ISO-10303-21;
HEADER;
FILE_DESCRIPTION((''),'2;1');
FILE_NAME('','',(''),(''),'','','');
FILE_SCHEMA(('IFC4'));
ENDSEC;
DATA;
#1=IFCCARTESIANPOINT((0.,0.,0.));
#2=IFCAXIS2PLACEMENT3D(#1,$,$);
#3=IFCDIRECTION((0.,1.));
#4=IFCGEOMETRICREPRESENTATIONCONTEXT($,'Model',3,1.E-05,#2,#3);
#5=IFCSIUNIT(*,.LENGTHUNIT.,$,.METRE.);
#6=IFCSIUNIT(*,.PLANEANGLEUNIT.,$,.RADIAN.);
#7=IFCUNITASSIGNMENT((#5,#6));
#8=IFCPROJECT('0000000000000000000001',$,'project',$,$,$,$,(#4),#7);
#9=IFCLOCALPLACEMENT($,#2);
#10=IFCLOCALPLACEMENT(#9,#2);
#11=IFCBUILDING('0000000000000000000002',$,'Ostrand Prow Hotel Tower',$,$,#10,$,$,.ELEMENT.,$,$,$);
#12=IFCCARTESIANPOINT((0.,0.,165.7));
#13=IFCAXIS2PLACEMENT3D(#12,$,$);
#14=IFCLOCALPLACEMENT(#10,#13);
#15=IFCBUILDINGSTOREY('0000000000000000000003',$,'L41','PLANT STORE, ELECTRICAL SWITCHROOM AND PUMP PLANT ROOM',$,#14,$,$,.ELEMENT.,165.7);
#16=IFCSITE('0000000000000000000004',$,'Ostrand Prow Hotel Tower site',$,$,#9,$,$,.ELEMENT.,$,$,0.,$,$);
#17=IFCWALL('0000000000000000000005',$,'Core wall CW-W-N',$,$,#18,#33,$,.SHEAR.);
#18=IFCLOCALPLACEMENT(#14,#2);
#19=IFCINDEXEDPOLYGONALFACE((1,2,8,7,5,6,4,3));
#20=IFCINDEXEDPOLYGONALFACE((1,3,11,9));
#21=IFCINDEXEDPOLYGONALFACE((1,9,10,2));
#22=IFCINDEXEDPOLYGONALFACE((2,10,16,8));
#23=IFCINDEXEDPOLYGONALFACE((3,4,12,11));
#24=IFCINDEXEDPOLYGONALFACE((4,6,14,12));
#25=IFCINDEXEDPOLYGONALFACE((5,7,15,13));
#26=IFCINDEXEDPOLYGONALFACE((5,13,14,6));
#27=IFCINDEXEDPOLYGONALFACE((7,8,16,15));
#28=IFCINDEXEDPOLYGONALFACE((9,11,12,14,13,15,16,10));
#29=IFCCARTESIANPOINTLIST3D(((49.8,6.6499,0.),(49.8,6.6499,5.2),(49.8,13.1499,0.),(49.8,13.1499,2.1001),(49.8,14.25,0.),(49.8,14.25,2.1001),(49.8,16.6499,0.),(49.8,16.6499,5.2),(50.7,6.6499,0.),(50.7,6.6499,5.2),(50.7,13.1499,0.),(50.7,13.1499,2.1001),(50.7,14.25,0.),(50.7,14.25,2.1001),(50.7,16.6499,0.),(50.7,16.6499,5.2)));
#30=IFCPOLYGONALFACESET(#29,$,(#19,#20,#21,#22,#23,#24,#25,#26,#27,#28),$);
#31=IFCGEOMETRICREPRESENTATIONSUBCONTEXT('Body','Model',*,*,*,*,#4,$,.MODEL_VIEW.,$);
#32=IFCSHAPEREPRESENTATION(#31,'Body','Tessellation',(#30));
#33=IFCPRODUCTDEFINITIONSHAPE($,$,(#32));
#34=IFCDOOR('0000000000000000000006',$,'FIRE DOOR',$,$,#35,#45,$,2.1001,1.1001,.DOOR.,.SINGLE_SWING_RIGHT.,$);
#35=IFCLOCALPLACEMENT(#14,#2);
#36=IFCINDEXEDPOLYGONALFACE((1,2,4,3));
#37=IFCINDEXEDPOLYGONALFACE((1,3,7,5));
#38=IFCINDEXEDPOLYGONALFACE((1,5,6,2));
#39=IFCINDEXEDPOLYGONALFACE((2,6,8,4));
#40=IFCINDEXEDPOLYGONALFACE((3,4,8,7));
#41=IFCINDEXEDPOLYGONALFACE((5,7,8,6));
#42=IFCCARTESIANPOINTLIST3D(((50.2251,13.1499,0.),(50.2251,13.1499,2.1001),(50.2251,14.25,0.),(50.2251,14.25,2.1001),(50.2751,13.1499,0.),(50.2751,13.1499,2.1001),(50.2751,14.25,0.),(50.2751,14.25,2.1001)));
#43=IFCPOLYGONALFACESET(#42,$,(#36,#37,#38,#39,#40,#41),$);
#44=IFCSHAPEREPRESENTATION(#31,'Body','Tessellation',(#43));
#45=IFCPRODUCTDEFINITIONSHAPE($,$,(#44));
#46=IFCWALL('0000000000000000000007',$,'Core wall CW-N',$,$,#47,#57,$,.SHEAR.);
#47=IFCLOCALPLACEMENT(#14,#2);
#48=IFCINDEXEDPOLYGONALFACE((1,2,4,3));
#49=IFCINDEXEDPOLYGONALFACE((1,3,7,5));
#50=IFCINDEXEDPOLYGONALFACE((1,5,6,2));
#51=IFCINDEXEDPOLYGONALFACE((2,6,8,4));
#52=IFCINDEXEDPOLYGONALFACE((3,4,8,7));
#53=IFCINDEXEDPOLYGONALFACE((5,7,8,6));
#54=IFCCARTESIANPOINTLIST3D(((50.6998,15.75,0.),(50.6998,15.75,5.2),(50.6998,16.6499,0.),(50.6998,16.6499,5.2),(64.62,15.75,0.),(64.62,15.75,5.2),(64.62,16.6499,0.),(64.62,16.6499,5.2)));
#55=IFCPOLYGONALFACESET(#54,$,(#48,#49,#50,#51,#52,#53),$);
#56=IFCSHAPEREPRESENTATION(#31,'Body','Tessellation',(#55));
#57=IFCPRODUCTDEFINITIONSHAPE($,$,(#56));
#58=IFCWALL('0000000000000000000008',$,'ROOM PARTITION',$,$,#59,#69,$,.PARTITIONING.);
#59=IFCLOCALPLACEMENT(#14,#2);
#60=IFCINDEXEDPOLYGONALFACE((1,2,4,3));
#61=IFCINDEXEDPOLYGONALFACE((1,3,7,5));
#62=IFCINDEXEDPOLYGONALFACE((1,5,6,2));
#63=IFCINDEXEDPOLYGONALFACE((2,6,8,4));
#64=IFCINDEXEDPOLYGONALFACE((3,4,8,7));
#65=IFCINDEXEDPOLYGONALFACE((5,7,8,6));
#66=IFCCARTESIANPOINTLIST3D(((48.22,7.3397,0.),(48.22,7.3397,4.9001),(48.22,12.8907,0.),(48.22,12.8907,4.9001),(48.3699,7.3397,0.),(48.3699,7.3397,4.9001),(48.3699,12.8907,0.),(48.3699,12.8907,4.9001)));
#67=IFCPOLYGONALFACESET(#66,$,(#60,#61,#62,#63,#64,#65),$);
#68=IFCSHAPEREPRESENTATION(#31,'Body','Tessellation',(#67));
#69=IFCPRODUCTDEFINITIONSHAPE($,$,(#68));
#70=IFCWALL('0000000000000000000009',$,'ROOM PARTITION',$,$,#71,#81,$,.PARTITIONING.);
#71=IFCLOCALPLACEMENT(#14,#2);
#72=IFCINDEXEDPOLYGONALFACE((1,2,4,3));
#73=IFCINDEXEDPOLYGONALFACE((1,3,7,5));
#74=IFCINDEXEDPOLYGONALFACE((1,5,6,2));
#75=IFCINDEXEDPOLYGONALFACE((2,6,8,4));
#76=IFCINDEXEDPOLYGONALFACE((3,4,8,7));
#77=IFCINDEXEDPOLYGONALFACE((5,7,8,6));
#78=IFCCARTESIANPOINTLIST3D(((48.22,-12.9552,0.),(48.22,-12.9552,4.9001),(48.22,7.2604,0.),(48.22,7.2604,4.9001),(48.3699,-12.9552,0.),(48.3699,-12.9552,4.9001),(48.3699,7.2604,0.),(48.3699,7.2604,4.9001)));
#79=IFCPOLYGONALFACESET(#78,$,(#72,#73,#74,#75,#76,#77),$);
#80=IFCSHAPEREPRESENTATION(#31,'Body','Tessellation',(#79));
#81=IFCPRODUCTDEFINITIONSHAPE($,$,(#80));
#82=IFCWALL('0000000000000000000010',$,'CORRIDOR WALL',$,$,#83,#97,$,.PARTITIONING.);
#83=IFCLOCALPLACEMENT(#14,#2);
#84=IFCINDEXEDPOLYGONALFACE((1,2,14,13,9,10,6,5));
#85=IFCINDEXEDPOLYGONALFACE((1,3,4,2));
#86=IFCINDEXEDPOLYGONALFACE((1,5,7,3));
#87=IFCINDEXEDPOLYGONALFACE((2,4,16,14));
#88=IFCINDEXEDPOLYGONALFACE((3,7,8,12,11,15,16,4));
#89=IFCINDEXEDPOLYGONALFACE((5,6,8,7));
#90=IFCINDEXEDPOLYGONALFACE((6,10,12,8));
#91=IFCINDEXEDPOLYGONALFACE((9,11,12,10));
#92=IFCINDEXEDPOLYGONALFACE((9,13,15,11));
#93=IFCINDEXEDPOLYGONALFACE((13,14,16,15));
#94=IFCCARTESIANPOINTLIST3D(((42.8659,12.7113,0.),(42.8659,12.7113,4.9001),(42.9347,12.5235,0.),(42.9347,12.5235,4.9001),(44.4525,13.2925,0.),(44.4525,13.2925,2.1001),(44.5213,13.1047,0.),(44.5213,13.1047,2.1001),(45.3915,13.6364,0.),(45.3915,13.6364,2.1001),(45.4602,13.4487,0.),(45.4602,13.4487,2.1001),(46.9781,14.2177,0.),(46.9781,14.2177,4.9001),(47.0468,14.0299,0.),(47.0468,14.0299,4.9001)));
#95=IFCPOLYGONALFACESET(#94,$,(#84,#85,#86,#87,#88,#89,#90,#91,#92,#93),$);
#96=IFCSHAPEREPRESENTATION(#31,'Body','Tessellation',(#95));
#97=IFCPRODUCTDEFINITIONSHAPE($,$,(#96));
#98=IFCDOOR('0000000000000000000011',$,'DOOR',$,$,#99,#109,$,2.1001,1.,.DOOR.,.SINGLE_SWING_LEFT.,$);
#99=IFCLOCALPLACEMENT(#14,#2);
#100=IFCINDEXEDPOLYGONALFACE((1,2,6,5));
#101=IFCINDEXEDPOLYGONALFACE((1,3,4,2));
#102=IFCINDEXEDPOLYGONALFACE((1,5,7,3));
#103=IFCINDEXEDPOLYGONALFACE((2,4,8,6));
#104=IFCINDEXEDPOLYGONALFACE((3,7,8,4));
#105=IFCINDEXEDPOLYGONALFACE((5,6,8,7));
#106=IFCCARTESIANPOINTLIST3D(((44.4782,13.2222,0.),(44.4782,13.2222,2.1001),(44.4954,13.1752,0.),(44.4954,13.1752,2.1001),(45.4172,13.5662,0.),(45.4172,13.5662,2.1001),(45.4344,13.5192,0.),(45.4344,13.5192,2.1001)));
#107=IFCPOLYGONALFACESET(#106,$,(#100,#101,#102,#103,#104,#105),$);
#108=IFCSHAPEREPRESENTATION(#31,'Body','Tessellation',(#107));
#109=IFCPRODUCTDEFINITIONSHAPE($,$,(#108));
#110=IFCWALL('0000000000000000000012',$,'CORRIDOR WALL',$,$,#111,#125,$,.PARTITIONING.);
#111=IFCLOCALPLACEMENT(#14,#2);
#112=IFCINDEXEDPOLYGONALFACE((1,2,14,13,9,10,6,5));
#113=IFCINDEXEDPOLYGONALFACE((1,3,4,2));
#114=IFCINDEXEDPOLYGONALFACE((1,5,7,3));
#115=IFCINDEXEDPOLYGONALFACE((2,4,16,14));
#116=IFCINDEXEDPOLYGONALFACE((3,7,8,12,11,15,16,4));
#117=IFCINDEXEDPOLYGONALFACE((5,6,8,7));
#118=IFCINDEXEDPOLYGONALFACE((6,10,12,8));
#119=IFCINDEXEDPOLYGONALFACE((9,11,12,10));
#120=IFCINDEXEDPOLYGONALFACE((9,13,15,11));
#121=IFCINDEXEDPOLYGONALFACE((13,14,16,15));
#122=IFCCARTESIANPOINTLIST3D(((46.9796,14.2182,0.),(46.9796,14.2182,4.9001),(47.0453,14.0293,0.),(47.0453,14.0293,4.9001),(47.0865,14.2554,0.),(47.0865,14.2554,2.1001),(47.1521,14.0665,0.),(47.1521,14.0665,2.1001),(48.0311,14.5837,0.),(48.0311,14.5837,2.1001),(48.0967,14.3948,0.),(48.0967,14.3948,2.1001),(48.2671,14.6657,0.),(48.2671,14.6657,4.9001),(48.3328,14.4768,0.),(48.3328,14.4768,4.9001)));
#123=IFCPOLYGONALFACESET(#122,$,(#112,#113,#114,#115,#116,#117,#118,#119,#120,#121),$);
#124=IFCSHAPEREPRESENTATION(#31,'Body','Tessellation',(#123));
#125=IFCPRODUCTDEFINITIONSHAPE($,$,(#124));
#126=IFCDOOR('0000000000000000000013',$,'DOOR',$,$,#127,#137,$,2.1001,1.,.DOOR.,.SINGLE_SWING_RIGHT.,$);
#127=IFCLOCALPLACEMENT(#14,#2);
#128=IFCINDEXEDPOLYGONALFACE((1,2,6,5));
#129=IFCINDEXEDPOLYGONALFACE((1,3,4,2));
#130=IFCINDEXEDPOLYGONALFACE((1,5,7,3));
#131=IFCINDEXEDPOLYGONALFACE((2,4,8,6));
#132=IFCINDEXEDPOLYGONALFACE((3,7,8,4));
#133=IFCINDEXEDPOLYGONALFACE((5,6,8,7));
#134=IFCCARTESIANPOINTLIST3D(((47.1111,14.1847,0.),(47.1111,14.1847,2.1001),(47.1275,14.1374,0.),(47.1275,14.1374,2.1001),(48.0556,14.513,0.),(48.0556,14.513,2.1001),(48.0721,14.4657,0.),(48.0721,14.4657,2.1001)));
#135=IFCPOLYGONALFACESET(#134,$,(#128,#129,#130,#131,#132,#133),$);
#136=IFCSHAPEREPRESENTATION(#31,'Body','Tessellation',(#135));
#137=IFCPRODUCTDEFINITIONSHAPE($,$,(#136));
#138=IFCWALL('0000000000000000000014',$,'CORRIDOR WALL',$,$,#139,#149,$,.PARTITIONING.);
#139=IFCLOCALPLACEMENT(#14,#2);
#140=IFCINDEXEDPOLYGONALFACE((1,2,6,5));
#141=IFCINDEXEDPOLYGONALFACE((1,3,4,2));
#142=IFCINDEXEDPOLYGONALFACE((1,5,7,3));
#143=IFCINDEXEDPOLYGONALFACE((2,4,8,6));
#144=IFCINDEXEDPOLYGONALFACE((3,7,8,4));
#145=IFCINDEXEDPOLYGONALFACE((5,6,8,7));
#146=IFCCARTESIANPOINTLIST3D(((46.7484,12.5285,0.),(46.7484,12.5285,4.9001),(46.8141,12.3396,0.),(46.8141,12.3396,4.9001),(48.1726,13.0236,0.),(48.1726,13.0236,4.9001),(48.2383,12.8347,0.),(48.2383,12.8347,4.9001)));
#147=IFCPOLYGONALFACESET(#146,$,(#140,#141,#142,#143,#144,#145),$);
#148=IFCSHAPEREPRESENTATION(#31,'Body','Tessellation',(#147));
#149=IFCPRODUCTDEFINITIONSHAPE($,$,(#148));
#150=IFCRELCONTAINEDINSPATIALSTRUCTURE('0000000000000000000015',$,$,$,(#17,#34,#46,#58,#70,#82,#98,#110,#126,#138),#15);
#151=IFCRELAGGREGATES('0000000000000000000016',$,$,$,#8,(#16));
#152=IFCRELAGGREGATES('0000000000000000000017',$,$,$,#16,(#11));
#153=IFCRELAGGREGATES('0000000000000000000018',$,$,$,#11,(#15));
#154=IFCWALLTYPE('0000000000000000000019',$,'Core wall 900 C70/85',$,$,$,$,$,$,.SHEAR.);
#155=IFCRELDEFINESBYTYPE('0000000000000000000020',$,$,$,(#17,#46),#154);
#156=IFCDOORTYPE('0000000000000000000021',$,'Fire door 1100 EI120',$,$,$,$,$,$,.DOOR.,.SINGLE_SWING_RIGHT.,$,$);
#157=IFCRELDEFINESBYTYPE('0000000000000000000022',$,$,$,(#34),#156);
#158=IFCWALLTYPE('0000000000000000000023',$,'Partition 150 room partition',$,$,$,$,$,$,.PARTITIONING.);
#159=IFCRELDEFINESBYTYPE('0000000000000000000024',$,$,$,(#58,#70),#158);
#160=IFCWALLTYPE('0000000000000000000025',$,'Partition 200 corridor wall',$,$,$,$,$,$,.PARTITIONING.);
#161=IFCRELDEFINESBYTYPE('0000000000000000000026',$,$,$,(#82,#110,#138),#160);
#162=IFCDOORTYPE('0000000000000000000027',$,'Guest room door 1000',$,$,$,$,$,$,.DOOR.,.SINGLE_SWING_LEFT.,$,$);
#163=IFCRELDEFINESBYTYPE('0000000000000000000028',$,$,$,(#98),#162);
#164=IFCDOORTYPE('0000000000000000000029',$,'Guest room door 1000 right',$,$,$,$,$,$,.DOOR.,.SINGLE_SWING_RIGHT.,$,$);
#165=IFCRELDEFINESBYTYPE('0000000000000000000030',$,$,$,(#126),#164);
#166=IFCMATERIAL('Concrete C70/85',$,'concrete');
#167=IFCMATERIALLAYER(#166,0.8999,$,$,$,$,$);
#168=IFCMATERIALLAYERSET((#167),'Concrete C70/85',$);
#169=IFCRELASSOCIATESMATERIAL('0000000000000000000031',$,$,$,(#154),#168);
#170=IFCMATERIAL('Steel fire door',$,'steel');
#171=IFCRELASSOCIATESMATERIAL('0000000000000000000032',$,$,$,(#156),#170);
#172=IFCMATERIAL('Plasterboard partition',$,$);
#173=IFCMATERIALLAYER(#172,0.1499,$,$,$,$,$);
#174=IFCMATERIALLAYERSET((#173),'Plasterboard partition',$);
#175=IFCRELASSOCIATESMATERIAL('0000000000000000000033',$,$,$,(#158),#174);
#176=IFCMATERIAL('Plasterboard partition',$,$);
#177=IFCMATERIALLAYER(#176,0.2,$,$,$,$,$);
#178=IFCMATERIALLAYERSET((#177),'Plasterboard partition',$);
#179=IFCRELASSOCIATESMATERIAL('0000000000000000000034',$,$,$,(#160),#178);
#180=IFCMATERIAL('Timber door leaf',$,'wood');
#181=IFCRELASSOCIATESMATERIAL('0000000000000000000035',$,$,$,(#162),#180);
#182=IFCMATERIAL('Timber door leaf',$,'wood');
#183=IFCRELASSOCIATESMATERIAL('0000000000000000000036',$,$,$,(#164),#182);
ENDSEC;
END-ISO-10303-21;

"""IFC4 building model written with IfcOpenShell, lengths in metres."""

from ifc_helpers import new_model, si_unit, direction, frame, frame_2d, origin, place, context, subcontext, project, spatial, rectangle, extrude, material, layer, layer_set, type_object, element, fill, save


model = new_model("IFC4")

# Units and contexts
model_context = context("Model", 3, precision=1e-05, world=origin(), true_north=direction((0.0, 1.0)))
body_context = subcontext(model_context, "Body", "Model", "MODEL_VIEW")
ifc_project = project(units=[si_unit("LENGTHUNIT", "METRE"), si_unit("PLANEANGLEUNIT", "RADIAN")], contexts=[model_context])

# Site, building, storey
site_placement = place(None, origin())
site = spatial("IfcSite", under=ifc_project, at=site_placement, Name="Ostrand Prow Hotel Tower site", CompositionType="ELEMENT", RefElevation=0.0)
building_placement = place(site_placement, origin())
building = spatial("IfcBuilding", under=site, at=building_placement, Name="Ostrand Prow Hotel Tower", CompositionType="ELEMENT")
storey_placement = place(building_placement, frame((0.0, 0.0, 165.7)))
storey = spatial("IfcBuildingStorey", under=building, at=storey_placement, Name="L41", Description="PLANT STORE, ELECTRICAL SWITCHROOM AND PUMP PLANT ROOM", CompositionType="ELEMENT", Elevation=165.7)

# Wall, opening, door
ifc_material_1 = material(Name="Concrete C70/85", Category="concrete")
ifc_layer_1 = layer(ifc_material_1, 0.8999)
ifc_layer_set_1 = layer_set([ifc_layer_1], Name="Concrete C70/85")
wall_type_1 = type_object("IfcWallType", Name="Core wall 900 C70/85", PredefinedType="SHEAR", material=ifc_layer_set_1)
wall_1_placement = place(storey_placement, frame((50.25, 6.6499, 0.0), z_axis=(0.0, 0.0, 1.0), x_axis=(0.0, 1.0, 0.0)))
wall_1 = element("IfcWall", 1, at=wall_1_placement, inside=storey, type_object=wall_type_1, Name="Core wall CW-W-N", PredefinedType="SHEAR", context=body_context, shape_type="SweptSolid", body=[
    extrude(rectangle(XDim=10.0, YDim=0.8999, at=frame_2d((5.0, 0.0))), origin(), (0.0, 0.0, 1.0), 5.2),
])
opening_1_placement = place(wall_1_placement, frame((6.5, 0.0, 0.0)))
opening_1 = element("IfcOpeningElement", 2, at=opening_1_placement, cuts=wall_1, PredefinedType="OPENING", context=body_context, shape_type="SweptSolid", body=[
    extrude(rectangle(XDim=1.1001, YDim=2.1001, at=frame_2d((0.55, 1.05))), frame((0.0, 0.46, 0.0), z_axis=(0.0, -1.0, 0.0), x_axis=(1.0, 0.0, 0.0)), (0.0, 0.0, 1.0), 0.9199),
])
ifc_material_2 = material(Name="Steel fire door", Category="steel")
door_type_1 = type_object("IfcDoorType", Name="Fire door 1100 EI120", OperationType="SINGLE_SWING_RIGHT", PredefinedType="DOOR", material=ifc_material_2)
door_1_placement = place(opening_1_placement, origin())
door_1 = element("IfcDoor", 3, at=door_1_placement, inside=storey, type_object=door_type_1, Name="FIRE DOOR", OperationType="SINGLE_SWING_RIGHT", OverallHeight=2.1001, OverallWidth=1.1001, PredefinedType="DOOR", context=body_context, shape_type="SweptSolid", body=[
    extrude(rectangle(XDim=1.1001, YDim=2.1001, at=frame_2d((0.55, 1.05))), frame((0.0, 0.0249, 0.0), z_axis=(0.0, -1.0, 0.0), x_axis=(1.0, 0.0, 0.0)), (0.0, 0.0, 1.0), 0.05),
])
fill(opening_1, door_1)

# Walls
wall_2_placement = place(storey_placement, frame((50.7, 16.2, 0.0), z_axis=(0.0, 0.0, 1.0), x_axis=(1.0, 0.0, 0.0)))
element("IfcWall", 4, at=wall_2_placement, inside=storey, type_object=wall_type_1, Name="Core wall CW-N", PredefinedType="SHEAR", context=body_context, shape_type="SweptSolid", body=[
    extrude(rectangle(XDim=13.9202, YDim=0.8999, at=frame_2d((6.96, 0.0))), origin(), (0.0, 0.0, 1.0), 5.2),
])
ifc_material_3 = material(Name="Plasterboard partition")
ifc_layer_2 = layer(ifc_material_3, 0.1499)
ifc_layer_set_2 = layer_set([ifc_layer_2], Name="Plasterboard partition")
wall_type_2 = type_object("IfcWallType", Name="Partition 150 room partition", PredefinedType="PARTITIONING", material=ifc_layer_set_2)
wall_3_placement = place(storey_placement, frame((48.2949, 12.8906, 0.0), z_axis=(0.0, 0.0, 1.0), x_axis=(0.0, -1.0, 0.0)))
element("IfcWall", 5, at=wall_3_placement, inside=storey, type_object=wall_type_2, Name="ROOM PARTITION", PredefinedType="PARTITIONING", context=body_context, shape_type="SweptSolid", body=[
    extrude(rectangle(XDim=5.551, YDim=0.1499, at=frame_2d((2.7754, 0.0))), origin(), (0.0, 0.0, 1.0), 4.9001),
])
wall_4_placement = place(storey_placement, frame((48.2949, 7.2605, 0.0), z_axis=(0.0, 0.0, 1.0), x_axis=(0.0, -1.0, 0.0)))
element("IfcWall", 6, at=wall_4_placement, inside=storey, type_object=wall_type_2, Name="ROOM PARTITION", PredefinedType="PARTITIONING", context=body_context, shape_type="SweptSolid", body=[
    extrude(rectangle(XDim=20.2156, YDim=0.1499, at=frame_2d((10.1079, 0.0))), origin(), (0.0, 0.0, 1.0), 4.9001),
])

# Walls, openings, doors
ifc_material_4 = material(Name="Plasterboard partition")
ifc_layer_3 = layer(ifc_material_4, 0.2)
ifc_layer_set_3 = layer_set([ifc_layer_3], Name="Plasterboard partition")
wall_type_3 = type_object("IfcWallType", Name="Partition 200 corridor wall", PredefinedType="PARTITIONING", material=ifc_layer_set_3)
wall_5_placement = place(storey_placement, frame((47.0125, 14.1238, 0.0), z_axis=(0.0, 0.0, 1.0), x_axis=(-0.93898, -0.343971, 0.0)))
wall_5 = element("IfcWall", 7, at=wall_5_placement, inside=storey, type_object=wall_type_3, Name="CORRIDOR WALL", PredefinedType="PARTITIONING", context=body_context, shape_type="SweptSolid", body=[
    extrude(rectangle(XDim=4.3794, YDim=0.2, at=frame_2d((2.1897, 0.0))), origin(), (0.0, 0.0, 1.0), 4.9001),
])
opening_2_placement = place(wall_5_placement, frame((1.6897, 0.0, 0.0)))
opening_2 = element("IfcOpeningElement", 8, at=opening_2_placement, cuts=wall_5, PredefinedType="OPENING", context=body_context, shape_type="SweptSolid", body=[
    extrude(rectangle(XDim=1.0, YDim=2.1001, at=frame_2d((0.5, 1.05))), frame((0.0, 0.1099, 0.0), z_axis=(0.0, -1.0, 0.0), x_axis=(1.0, 0.0, 0.0)), (0.0, 0.0, 1.0), 0.22),
])
ifc_material_5 = material(Name="Timber door leaf", Category="wood")
door_type_2 = type_object("IfcDoorType", Name="Guest room door 1000", OperationType="SINGLE_SWING_LEFT", PredefinedType="DOOR", material=ifc_material_5)
door_2_placement = place(opening_2_placement, origin())
door_2 = element("IfcDoor", 9, at=door_2_placement, inside=storey, type_object=door_type_2, Name="DOOR", OperationType="SINGLE_SWING_LEFT", OverallHeight=2.1001, OverallWidth=1.0, PredefinedType="DOOR", context=body_context, shape_type="SweptSolid", body=[
    extrude(rectangle(XDim=1.0, YDim=2.1001, at=frame_2d((0.5, 1.05))), frame((0.0, 0.0249, 0.0), z_axis=(0.0, -1.0, 0.0), x_axis=(1.0, 0.0, 0.0)), (0.0, 0.0, 1.0), 0.05),
])
fill(opening_2, door_2)
wall_6_placement = place(storey_placement, frame((48.3, 14.5713, 0.0), z_axis=(0.0, 0.0, 1.0), x_axis=(-0.944577, -0.328291, 0.0)))
wall_6 = element("IfcWall", 10, at=wall_6_placement, inside=storey, type_object=wall_type_3, Name="CORRIDOR WALL", PredefinedType="PARTITIONING", context=body_context, shape_type="SweptSolid", body=[
    extrude(rectangle(XDim=1.363, YDim=0.2, at=frame_2d((0.6816, 0.0))), origin(), (0.0, 0.0, 1.0), 4.9001),
])
opening_3_placement = place(wall_6_placement, frame((0.25, 0.0, 0.0)))
opening_3 = element("IfcOpeningElement", 11, at=opening_3_placement, cuts=wall_6, PredefinedType="OPENING", context=body_context, shape_type="SweptSolid", body=[
    extrude(rectangle(XDim=1.0, YDim=2.1001, at=frame_2d((0.5, 1.05))), frame((0.0, 0.1099, 0.0), z_axis=(0.0, -1.0, 0.0), x_axis=(1.0, 0.0, 0.0)), (0.0, 0.0, 1.0), 0.22),
])
ifc_material_6 = material(Name="Timber door leaf", Category="wood")
door_type_3 = type_object("IfcDoorType", Name="Guest room door 1000 right", OperationType="SINGLE_SWING_RIGHT", PredefinedType="DOOR", material=ifc_material_6)
door_3_placement = place(opening_3_placement, origin())
door_3 = element("IfcDoor", 12, at=door_3_placement, inside=storey, type_object=door_type_3, Name="DOOR", OperationType="SINGLE_SWING_RIGHT", OverallHeight=2.1001, OverallWidth=1.0, PredefinedType="DOOR", context=body_context, shape_type="SweptSolid", body=[
    extrude(rectangle(XDim=1.0, YDim=2.1001, at=frame_2d((0.5, 1.05))), frame((0.0, 0.0249, 0.0), z_axis=(0.0, -1.0, 0.0), x_axis=(1.0, 0.0, 0.0)), (0.0, 0.0, 1.0), 0.05),
])
fill(opening_3, door_3)

# Wall
wall_7_placement = place(storey_placement, frame((46.7812, 12.4341, 0.0), z_axis=(0.0, 0.0, 1.0), x_axis=(0.944558, 0.328345, 0.0)))
element("IfcWall", 13, at=wall_7_placement, inside=storey, type_object=wall_type_3, Name="CORRIDOR WALL", PredefinedType="PARTITIONING", context=body_context, shape_type="SweptSolid", body=[
    extrude(rectangle(XDim=1.5078, YDim=0.2, at=frame_2d((0.7539, 0.0))), origin(), (0.0, 0.0, 1.0), 4.9001),
])

save(model, "model.ifc")
